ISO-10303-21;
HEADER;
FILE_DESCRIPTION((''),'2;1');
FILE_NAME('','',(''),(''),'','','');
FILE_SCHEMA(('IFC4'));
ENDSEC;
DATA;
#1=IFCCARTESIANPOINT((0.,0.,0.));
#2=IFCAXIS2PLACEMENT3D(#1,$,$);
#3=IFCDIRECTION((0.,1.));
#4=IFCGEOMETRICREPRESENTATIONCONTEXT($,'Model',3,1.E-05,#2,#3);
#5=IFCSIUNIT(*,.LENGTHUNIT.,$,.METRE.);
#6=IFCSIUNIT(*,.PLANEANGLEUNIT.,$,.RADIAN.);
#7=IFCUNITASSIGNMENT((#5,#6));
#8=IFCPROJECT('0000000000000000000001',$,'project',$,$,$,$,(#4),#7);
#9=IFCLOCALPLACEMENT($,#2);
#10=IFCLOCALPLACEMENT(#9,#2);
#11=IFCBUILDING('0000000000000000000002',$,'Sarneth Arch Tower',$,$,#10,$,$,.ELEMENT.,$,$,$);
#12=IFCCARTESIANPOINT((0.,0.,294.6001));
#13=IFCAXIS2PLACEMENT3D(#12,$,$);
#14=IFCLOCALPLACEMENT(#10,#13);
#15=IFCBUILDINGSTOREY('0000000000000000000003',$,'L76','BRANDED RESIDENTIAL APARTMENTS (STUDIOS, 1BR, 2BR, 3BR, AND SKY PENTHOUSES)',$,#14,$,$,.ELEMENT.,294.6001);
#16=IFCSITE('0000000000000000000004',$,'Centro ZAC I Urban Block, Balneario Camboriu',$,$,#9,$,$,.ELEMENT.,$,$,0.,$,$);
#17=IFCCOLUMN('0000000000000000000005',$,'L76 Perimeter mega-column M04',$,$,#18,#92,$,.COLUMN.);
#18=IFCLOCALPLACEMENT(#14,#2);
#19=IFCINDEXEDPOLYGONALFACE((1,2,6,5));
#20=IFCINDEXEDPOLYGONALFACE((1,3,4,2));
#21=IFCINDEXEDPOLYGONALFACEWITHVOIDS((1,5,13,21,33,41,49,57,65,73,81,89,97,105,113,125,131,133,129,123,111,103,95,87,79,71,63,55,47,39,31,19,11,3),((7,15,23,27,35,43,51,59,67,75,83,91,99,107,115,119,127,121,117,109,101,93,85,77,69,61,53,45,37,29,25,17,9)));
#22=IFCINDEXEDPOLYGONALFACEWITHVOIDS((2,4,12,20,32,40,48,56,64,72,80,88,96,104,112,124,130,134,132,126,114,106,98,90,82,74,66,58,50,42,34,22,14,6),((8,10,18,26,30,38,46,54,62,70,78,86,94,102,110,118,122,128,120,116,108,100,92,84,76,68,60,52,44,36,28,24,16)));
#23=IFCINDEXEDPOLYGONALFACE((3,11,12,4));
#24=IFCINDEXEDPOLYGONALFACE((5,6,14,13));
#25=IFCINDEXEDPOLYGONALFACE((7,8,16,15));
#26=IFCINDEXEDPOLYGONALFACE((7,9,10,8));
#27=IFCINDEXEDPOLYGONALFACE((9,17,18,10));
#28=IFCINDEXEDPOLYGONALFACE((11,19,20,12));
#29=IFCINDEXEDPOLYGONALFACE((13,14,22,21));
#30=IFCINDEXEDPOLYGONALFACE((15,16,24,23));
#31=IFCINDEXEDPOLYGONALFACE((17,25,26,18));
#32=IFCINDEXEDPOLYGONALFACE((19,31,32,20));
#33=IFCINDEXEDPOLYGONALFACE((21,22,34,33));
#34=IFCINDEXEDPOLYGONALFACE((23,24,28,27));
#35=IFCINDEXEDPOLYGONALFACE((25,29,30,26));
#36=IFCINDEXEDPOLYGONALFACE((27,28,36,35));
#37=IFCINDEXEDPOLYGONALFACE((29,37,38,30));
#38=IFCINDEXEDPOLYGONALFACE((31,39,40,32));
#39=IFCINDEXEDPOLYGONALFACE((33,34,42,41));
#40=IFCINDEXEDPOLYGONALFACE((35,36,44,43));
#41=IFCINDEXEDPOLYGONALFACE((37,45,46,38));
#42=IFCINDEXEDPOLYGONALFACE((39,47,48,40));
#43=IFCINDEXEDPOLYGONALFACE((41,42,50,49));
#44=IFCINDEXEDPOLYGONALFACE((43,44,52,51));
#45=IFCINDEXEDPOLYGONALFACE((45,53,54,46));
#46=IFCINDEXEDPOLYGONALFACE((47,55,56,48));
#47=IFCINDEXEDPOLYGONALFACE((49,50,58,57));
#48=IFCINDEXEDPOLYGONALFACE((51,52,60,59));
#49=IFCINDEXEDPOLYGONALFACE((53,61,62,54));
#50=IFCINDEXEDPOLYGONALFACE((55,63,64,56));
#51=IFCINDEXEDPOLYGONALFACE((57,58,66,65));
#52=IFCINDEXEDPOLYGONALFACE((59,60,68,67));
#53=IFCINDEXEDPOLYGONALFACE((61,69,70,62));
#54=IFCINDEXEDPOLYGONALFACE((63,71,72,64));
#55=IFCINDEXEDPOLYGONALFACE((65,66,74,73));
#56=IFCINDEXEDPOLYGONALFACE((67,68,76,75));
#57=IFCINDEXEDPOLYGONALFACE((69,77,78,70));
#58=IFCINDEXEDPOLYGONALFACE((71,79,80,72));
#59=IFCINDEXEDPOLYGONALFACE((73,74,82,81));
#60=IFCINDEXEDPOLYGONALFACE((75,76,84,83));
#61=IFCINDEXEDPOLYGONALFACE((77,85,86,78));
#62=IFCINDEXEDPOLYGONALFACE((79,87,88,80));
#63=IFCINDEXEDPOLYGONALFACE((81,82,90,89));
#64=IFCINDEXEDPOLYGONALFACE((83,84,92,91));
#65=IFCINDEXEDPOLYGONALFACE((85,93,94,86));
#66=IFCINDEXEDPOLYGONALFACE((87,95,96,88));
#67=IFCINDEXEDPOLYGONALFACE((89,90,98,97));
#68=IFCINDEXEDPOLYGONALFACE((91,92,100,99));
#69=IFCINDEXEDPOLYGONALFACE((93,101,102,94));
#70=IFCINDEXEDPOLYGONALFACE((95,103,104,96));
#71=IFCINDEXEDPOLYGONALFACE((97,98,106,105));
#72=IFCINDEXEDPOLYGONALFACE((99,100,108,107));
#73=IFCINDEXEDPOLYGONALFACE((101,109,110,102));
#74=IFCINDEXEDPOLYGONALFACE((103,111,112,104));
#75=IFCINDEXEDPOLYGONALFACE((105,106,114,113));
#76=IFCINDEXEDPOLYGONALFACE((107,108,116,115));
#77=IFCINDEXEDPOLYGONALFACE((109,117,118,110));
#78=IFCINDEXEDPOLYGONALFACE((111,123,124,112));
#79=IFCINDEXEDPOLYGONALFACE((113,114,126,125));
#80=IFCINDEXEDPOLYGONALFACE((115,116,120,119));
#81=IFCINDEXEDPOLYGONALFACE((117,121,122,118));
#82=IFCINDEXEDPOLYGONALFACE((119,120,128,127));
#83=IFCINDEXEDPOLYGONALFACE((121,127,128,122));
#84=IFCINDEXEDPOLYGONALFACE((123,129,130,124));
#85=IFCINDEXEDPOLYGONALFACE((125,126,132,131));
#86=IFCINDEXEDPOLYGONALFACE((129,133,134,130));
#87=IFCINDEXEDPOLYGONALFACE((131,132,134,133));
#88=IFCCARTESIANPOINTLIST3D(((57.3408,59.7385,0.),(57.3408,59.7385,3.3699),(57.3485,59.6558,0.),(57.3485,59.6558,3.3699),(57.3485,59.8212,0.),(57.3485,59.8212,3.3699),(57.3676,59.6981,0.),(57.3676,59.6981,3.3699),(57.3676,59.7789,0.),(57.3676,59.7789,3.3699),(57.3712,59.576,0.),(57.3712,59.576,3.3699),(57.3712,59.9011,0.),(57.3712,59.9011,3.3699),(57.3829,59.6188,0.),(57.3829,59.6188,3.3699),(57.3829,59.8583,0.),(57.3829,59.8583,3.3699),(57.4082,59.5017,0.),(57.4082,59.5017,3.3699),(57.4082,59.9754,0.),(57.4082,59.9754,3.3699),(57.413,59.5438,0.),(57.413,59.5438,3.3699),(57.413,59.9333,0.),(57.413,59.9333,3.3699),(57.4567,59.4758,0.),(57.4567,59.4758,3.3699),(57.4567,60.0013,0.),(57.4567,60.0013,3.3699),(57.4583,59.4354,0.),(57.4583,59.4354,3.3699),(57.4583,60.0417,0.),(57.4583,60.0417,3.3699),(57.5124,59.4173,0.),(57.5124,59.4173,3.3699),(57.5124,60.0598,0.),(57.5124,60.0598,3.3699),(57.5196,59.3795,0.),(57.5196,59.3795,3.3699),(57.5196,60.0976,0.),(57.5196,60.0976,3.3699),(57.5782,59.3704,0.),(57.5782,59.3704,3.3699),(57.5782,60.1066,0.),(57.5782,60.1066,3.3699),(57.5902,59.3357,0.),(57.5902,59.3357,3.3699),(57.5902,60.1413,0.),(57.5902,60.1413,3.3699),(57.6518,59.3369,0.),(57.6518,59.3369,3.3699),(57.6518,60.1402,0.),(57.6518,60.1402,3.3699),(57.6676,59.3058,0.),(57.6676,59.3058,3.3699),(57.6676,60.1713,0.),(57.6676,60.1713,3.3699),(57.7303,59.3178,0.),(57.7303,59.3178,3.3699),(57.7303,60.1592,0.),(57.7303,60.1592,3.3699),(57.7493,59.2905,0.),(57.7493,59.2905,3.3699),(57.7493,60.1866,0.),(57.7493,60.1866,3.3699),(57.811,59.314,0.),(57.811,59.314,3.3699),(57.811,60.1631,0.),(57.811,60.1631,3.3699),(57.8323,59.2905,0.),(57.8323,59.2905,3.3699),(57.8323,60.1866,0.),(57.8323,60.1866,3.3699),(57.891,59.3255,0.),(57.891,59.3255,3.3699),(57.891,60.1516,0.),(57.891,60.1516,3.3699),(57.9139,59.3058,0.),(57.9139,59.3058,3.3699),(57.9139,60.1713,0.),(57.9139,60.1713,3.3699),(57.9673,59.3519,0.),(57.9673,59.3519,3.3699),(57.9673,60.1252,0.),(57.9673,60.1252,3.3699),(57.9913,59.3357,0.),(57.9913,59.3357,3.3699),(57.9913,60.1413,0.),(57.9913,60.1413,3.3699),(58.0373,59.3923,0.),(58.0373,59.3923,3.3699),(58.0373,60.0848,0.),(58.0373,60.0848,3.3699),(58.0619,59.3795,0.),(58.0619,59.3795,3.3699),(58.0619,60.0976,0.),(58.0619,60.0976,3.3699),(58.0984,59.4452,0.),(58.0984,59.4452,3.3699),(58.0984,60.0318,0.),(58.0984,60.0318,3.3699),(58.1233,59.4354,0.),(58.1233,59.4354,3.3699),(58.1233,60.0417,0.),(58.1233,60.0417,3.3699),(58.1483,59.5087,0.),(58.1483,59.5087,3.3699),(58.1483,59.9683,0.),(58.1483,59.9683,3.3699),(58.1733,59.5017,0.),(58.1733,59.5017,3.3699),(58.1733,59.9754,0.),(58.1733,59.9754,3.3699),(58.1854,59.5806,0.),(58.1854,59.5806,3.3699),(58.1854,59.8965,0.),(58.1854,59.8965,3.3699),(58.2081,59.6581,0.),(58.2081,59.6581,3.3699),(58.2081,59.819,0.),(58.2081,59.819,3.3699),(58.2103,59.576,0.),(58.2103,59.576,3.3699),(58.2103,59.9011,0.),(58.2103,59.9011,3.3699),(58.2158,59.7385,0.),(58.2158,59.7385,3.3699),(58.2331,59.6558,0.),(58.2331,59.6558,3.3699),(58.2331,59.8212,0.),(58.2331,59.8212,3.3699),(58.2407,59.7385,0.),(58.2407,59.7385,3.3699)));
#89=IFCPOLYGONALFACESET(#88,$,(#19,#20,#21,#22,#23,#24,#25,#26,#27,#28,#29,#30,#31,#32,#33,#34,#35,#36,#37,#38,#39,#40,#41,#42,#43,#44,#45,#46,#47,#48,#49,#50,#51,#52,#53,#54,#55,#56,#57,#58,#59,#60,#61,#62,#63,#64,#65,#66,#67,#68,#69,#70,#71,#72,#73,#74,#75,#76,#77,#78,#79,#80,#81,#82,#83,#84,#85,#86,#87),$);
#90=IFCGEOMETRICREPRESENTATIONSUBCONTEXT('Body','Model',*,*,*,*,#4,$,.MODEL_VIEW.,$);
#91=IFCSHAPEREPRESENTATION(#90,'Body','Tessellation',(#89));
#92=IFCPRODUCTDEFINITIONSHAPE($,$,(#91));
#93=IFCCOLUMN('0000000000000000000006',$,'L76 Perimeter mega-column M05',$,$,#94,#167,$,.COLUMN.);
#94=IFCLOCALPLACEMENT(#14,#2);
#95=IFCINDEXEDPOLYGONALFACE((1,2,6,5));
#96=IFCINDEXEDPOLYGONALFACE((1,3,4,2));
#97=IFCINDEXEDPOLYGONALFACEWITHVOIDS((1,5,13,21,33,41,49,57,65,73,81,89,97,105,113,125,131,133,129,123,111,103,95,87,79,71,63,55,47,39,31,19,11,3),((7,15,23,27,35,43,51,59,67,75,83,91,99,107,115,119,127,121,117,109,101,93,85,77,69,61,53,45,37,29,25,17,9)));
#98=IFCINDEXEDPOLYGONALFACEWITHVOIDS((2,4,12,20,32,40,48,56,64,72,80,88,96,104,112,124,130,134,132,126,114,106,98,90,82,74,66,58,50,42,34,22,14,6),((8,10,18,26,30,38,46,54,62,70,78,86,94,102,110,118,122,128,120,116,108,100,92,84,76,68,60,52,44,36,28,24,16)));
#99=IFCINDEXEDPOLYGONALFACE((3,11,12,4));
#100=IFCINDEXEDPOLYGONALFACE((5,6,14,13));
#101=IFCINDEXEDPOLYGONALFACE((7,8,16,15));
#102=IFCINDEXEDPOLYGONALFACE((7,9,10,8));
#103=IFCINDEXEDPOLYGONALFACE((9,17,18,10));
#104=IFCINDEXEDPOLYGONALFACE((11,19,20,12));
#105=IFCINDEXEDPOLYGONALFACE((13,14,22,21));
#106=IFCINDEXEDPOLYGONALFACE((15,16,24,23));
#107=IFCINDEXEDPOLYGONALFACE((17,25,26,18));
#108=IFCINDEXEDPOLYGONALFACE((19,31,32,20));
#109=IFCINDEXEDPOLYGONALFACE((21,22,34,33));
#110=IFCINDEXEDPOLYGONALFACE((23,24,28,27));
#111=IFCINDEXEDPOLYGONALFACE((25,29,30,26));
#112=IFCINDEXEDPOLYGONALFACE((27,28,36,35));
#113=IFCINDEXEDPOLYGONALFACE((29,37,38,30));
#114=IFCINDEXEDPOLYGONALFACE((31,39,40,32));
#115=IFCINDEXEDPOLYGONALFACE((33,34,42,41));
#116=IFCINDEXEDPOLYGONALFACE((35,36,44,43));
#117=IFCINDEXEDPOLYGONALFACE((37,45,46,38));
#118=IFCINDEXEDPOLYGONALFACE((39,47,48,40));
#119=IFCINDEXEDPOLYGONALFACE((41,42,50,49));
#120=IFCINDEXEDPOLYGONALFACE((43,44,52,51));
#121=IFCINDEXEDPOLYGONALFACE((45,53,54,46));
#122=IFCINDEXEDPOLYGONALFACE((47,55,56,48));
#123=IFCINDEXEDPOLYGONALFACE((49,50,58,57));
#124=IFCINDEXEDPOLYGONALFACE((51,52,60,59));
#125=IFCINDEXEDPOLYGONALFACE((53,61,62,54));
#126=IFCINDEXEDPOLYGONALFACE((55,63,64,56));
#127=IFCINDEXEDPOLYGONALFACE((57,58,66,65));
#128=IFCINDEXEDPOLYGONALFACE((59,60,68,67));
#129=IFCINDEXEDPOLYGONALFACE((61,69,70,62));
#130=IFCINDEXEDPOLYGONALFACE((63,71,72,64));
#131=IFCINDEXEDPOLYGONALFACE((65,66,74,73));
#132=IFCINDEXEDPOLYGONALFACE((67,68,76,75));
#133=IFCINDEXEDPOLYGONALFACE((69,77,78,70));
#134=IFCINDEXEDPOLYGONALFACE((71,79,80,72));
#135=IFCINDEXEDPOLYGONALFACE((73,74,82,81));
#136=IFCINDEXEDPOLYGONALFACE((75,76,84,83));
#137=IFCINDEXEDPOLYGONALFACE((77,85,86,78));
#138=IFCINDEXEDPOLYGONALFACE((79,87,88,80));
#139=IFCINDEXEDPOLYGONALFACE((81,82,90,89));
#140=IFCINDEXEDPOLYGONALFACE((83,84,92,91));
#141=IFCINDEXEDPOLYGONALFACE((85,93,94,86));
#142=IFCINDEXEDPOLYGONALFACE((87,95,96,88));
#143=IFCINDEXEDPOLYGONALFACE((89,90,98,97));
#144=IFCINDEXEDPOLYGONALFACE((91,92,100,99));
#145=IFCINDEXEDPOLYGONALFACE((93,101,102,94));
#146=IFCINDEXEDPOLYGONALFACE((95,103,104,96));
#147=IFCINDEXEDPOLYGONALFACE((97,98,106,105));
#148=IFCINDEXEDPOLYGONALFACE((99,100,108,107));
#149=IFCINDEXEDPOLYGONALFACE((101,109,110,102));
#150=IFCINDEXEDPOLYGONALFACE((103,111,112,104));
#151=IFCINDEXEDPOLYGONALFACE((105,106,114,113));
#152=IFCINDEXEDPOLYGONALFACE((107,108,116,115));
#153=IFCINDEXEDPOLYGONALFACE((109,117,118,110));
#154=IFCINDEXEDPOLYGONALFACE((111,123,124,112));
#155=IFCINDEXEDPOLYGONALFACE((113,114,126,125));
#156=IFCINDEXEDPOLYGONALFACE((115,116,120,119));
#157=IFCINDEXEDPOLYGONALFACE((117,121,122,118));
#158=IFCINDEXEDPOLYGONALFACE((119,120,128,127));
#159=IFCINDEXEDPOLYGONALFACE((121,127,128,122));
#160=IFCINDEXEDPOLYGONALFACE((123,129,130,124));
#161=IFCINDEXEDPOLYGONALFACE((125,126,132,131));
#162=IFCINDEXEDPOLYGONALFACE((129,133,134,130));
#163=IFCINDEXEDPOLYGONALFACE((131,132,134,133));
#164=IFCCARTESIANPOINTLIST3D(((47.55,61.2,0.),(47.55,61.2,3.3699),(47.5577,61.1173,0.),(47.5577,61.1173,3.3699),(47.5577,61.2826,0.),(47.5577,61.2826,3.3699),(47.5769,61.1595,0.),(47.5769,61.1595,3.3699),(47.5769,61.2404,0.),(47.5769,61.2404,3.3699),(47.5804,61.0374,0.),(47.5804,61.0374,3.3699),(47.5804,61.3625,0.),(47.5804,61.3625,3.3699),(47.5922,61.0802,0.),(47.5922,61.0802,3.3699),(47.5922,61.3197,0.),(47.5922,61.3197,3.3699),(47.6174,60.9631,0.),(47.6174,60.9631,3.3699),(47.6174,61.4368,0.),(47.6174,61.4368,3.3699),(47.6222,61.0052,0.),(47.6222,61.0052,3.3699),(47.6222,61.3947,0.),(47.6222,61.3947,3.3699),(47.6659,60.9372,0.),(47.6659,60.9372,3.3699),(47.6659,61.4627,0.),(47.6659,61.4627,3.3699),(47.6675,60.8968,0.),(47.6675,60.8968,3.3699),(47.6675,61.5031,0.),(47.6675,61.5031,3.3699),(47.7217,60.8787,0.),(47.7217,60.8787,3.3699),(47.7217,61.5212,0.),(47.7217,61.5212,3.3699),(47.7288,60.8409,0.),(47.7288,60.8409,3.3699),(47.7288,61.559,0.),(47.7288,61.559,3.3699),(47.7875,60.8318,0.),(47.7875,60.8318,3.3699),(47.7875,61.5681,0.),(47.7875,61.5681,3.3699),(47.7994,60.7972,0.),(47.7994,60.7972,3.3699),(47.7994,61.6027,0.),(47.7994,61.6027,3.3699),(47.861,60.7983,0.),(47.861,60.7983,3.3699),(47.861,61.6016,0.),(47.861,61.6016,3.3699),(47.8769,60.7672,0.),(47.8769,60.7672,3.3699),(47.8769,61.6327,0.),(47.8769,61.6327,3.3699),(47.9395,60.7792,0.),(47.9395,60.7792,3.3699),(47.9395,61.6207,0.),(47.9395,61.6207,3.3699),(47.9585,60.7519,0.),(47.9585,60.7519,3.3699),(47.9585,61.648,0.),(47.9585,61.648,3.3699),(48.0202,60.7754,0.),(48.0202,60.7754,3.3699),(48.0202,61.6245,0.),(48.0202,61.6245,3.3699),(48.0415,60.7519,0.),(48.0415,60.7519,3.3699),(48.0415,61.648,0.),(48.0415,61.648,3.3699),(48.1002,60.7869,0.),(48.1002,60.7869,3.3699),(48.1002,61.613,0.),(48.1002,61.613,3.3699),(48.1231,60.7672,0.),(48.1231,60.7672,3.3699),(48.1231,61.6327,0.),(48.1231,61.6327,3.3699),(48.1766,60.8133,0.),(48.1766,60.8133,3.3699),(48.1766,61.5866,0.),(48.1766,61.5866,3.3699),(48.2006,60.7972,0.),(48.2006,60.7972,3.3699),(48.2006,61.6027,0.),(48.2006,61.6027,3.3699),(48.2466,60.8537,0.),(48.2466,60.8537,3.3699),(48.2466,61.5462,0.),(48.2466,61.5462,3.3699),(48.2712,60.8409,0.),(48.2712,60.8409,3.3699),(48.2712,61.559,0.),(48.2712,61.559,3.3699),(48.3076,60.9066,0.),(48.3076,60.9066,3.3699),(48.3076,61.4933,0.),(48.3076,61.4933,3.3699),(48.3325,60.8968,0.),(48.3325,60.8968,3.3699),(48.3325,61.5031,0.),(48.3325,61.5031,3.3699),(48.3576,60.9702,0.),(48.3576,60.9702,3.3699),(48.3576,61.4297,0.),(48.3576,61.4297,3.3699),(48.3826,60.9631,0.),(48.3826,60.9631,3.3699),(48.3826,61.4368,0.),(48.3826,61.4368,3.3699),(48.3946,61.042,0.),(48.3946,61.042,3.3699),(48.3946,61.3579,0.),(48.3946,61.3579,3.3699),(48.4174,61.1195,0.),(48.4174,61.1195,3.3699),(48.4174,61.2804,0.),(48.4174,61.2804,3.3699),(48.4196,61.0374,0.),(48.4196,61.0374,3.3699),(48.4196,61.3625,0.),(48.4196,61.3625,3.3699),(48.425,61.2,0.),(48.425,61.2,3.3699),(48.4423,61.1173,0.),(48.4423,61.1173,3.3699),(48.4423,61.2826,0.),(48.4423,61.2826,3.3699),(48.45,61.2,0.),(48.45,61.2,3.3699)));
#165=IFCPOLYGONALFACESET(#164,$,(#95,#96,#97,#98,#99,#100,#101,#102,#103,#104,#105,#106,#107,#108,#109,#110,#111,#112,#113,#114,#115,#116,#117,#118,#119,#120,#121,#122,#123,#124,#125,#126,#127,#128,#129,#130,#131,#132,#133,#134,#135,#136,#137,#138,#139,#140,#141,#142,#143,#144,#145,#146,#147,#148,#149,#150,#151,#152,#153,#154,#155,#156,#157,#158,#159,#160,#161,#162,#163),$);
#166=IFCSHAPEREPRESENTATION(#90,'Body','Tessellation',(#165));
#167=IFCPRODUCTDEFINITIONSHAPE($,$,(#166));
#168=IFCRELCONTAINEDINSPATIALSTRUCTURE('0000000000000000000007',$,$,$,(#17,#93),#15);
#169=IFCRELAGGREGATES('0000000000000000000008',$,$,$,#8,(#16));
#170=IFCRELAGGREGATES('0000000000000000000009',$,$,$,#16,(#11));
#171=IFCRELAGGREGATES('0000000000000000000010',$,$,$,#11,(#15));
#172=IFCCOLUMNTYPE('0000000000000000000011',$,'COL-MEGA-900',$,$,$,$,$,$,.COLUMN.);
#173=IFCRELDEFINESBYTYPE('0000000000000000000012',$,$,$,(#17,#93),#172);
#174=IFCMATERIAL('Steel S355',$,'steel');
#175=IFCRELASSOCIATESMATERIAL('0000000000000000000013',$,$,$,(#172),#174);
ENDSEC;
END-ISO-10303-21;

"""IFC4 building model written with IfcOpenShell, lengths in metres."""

from ifc_helpers import new_model, si_unit, direction, frame, origin, origin_2d, place, context, subcontext, project, spatial, hollow_circle, extrude, material, material_profile, profile_set, type_object, element, save


model = new_model("IFC4")

# Units and contexts
model_context = context("Model", 3, precision=1e-05, world=origin(), true_north=direction((0.0, 1.0)))
body_context = subcontext(model_context, "Body", "Model", "MODEL_VIEW")
ifc_project = project(units=[si_unit("LENGTHUNIT", "METRE"), si_unit("PLANEANGLEUNIT", "RADIAN")], contexts=[model_context])

# Site, building, storey
site_placement = place(None, origin())
site = spatial("IfcSite", under=ifc_project, at=site_placement, Name="Centro ZAC I Urban Block, Balneario Camboriu", CompositionType="ELEMENT", RefElevation=0.0)
building_placement = place(site_placement, origin())
building = spatial("IfcBuilding", under=site, at=building_placement, Name="Sarneth Arch Tower", CompositionType="ELEMENT")
storey_placement = place(building_placement, frame((0.0, 0.0, 294.6001)))
storey = spatial("IfcBuildingStorey", under=building, at=storey_placement, Name="L76", Description="BRANDED RESIDENTIAL APARTMENTS (STUDIOS, 1BR, 2BR, 3BR, AND SKY PENTHOUSES)", CompositionType="ELEMENT", Elevation=294.6001)

# Columns
ifc_material_1 = material(Name="Steel S355", Category="steel")
ifc_material_profile_1 = material_profile(ifc_material_1, hollow_circle(Radius=0.45, WallThickness=0.0249, at=origin_2d()), Name="CHS900x25")
ifc_profile_set_1 = profile_set([ifc_material_profile_1], Name="Steel S355")
column_type = type_object("IfcColumnType", Name="COL-MEGA-900", PredefinedType="COLUMN", material=ifc_profile_set_1)
for number, where, z_axis, x_axis, name in (
    (1, (57.7908, 59.7385, 0.0), (0.0, 0.0, 1.0), (1.0, 0.0, 0.0), "L76 Perimeter mega-column M04"),
    (2, (48.0, 61.2, 0.0), (0.0, 0.0, 1.0), (1.0, 0.0, 0.0), "L76 Perimeter mega-column M05"),
):
    element("IfcColumn", number, at=place(storey_placement, frame(where, z_axis=z_axis, x_axis=x_axis)), inside=storey, type_object=column_type, Name=name, PredefinedType="COLUMN", context=body_context, shape_type="SweptSolid", body=[
        extrude(hollow_circle(Radius=0.45, WallThickness=0.0249, at=origin_2d()), origin(), (0.0, 0.0, 1.0), 3.3699),
    ])

save(model, "model.ifc")
